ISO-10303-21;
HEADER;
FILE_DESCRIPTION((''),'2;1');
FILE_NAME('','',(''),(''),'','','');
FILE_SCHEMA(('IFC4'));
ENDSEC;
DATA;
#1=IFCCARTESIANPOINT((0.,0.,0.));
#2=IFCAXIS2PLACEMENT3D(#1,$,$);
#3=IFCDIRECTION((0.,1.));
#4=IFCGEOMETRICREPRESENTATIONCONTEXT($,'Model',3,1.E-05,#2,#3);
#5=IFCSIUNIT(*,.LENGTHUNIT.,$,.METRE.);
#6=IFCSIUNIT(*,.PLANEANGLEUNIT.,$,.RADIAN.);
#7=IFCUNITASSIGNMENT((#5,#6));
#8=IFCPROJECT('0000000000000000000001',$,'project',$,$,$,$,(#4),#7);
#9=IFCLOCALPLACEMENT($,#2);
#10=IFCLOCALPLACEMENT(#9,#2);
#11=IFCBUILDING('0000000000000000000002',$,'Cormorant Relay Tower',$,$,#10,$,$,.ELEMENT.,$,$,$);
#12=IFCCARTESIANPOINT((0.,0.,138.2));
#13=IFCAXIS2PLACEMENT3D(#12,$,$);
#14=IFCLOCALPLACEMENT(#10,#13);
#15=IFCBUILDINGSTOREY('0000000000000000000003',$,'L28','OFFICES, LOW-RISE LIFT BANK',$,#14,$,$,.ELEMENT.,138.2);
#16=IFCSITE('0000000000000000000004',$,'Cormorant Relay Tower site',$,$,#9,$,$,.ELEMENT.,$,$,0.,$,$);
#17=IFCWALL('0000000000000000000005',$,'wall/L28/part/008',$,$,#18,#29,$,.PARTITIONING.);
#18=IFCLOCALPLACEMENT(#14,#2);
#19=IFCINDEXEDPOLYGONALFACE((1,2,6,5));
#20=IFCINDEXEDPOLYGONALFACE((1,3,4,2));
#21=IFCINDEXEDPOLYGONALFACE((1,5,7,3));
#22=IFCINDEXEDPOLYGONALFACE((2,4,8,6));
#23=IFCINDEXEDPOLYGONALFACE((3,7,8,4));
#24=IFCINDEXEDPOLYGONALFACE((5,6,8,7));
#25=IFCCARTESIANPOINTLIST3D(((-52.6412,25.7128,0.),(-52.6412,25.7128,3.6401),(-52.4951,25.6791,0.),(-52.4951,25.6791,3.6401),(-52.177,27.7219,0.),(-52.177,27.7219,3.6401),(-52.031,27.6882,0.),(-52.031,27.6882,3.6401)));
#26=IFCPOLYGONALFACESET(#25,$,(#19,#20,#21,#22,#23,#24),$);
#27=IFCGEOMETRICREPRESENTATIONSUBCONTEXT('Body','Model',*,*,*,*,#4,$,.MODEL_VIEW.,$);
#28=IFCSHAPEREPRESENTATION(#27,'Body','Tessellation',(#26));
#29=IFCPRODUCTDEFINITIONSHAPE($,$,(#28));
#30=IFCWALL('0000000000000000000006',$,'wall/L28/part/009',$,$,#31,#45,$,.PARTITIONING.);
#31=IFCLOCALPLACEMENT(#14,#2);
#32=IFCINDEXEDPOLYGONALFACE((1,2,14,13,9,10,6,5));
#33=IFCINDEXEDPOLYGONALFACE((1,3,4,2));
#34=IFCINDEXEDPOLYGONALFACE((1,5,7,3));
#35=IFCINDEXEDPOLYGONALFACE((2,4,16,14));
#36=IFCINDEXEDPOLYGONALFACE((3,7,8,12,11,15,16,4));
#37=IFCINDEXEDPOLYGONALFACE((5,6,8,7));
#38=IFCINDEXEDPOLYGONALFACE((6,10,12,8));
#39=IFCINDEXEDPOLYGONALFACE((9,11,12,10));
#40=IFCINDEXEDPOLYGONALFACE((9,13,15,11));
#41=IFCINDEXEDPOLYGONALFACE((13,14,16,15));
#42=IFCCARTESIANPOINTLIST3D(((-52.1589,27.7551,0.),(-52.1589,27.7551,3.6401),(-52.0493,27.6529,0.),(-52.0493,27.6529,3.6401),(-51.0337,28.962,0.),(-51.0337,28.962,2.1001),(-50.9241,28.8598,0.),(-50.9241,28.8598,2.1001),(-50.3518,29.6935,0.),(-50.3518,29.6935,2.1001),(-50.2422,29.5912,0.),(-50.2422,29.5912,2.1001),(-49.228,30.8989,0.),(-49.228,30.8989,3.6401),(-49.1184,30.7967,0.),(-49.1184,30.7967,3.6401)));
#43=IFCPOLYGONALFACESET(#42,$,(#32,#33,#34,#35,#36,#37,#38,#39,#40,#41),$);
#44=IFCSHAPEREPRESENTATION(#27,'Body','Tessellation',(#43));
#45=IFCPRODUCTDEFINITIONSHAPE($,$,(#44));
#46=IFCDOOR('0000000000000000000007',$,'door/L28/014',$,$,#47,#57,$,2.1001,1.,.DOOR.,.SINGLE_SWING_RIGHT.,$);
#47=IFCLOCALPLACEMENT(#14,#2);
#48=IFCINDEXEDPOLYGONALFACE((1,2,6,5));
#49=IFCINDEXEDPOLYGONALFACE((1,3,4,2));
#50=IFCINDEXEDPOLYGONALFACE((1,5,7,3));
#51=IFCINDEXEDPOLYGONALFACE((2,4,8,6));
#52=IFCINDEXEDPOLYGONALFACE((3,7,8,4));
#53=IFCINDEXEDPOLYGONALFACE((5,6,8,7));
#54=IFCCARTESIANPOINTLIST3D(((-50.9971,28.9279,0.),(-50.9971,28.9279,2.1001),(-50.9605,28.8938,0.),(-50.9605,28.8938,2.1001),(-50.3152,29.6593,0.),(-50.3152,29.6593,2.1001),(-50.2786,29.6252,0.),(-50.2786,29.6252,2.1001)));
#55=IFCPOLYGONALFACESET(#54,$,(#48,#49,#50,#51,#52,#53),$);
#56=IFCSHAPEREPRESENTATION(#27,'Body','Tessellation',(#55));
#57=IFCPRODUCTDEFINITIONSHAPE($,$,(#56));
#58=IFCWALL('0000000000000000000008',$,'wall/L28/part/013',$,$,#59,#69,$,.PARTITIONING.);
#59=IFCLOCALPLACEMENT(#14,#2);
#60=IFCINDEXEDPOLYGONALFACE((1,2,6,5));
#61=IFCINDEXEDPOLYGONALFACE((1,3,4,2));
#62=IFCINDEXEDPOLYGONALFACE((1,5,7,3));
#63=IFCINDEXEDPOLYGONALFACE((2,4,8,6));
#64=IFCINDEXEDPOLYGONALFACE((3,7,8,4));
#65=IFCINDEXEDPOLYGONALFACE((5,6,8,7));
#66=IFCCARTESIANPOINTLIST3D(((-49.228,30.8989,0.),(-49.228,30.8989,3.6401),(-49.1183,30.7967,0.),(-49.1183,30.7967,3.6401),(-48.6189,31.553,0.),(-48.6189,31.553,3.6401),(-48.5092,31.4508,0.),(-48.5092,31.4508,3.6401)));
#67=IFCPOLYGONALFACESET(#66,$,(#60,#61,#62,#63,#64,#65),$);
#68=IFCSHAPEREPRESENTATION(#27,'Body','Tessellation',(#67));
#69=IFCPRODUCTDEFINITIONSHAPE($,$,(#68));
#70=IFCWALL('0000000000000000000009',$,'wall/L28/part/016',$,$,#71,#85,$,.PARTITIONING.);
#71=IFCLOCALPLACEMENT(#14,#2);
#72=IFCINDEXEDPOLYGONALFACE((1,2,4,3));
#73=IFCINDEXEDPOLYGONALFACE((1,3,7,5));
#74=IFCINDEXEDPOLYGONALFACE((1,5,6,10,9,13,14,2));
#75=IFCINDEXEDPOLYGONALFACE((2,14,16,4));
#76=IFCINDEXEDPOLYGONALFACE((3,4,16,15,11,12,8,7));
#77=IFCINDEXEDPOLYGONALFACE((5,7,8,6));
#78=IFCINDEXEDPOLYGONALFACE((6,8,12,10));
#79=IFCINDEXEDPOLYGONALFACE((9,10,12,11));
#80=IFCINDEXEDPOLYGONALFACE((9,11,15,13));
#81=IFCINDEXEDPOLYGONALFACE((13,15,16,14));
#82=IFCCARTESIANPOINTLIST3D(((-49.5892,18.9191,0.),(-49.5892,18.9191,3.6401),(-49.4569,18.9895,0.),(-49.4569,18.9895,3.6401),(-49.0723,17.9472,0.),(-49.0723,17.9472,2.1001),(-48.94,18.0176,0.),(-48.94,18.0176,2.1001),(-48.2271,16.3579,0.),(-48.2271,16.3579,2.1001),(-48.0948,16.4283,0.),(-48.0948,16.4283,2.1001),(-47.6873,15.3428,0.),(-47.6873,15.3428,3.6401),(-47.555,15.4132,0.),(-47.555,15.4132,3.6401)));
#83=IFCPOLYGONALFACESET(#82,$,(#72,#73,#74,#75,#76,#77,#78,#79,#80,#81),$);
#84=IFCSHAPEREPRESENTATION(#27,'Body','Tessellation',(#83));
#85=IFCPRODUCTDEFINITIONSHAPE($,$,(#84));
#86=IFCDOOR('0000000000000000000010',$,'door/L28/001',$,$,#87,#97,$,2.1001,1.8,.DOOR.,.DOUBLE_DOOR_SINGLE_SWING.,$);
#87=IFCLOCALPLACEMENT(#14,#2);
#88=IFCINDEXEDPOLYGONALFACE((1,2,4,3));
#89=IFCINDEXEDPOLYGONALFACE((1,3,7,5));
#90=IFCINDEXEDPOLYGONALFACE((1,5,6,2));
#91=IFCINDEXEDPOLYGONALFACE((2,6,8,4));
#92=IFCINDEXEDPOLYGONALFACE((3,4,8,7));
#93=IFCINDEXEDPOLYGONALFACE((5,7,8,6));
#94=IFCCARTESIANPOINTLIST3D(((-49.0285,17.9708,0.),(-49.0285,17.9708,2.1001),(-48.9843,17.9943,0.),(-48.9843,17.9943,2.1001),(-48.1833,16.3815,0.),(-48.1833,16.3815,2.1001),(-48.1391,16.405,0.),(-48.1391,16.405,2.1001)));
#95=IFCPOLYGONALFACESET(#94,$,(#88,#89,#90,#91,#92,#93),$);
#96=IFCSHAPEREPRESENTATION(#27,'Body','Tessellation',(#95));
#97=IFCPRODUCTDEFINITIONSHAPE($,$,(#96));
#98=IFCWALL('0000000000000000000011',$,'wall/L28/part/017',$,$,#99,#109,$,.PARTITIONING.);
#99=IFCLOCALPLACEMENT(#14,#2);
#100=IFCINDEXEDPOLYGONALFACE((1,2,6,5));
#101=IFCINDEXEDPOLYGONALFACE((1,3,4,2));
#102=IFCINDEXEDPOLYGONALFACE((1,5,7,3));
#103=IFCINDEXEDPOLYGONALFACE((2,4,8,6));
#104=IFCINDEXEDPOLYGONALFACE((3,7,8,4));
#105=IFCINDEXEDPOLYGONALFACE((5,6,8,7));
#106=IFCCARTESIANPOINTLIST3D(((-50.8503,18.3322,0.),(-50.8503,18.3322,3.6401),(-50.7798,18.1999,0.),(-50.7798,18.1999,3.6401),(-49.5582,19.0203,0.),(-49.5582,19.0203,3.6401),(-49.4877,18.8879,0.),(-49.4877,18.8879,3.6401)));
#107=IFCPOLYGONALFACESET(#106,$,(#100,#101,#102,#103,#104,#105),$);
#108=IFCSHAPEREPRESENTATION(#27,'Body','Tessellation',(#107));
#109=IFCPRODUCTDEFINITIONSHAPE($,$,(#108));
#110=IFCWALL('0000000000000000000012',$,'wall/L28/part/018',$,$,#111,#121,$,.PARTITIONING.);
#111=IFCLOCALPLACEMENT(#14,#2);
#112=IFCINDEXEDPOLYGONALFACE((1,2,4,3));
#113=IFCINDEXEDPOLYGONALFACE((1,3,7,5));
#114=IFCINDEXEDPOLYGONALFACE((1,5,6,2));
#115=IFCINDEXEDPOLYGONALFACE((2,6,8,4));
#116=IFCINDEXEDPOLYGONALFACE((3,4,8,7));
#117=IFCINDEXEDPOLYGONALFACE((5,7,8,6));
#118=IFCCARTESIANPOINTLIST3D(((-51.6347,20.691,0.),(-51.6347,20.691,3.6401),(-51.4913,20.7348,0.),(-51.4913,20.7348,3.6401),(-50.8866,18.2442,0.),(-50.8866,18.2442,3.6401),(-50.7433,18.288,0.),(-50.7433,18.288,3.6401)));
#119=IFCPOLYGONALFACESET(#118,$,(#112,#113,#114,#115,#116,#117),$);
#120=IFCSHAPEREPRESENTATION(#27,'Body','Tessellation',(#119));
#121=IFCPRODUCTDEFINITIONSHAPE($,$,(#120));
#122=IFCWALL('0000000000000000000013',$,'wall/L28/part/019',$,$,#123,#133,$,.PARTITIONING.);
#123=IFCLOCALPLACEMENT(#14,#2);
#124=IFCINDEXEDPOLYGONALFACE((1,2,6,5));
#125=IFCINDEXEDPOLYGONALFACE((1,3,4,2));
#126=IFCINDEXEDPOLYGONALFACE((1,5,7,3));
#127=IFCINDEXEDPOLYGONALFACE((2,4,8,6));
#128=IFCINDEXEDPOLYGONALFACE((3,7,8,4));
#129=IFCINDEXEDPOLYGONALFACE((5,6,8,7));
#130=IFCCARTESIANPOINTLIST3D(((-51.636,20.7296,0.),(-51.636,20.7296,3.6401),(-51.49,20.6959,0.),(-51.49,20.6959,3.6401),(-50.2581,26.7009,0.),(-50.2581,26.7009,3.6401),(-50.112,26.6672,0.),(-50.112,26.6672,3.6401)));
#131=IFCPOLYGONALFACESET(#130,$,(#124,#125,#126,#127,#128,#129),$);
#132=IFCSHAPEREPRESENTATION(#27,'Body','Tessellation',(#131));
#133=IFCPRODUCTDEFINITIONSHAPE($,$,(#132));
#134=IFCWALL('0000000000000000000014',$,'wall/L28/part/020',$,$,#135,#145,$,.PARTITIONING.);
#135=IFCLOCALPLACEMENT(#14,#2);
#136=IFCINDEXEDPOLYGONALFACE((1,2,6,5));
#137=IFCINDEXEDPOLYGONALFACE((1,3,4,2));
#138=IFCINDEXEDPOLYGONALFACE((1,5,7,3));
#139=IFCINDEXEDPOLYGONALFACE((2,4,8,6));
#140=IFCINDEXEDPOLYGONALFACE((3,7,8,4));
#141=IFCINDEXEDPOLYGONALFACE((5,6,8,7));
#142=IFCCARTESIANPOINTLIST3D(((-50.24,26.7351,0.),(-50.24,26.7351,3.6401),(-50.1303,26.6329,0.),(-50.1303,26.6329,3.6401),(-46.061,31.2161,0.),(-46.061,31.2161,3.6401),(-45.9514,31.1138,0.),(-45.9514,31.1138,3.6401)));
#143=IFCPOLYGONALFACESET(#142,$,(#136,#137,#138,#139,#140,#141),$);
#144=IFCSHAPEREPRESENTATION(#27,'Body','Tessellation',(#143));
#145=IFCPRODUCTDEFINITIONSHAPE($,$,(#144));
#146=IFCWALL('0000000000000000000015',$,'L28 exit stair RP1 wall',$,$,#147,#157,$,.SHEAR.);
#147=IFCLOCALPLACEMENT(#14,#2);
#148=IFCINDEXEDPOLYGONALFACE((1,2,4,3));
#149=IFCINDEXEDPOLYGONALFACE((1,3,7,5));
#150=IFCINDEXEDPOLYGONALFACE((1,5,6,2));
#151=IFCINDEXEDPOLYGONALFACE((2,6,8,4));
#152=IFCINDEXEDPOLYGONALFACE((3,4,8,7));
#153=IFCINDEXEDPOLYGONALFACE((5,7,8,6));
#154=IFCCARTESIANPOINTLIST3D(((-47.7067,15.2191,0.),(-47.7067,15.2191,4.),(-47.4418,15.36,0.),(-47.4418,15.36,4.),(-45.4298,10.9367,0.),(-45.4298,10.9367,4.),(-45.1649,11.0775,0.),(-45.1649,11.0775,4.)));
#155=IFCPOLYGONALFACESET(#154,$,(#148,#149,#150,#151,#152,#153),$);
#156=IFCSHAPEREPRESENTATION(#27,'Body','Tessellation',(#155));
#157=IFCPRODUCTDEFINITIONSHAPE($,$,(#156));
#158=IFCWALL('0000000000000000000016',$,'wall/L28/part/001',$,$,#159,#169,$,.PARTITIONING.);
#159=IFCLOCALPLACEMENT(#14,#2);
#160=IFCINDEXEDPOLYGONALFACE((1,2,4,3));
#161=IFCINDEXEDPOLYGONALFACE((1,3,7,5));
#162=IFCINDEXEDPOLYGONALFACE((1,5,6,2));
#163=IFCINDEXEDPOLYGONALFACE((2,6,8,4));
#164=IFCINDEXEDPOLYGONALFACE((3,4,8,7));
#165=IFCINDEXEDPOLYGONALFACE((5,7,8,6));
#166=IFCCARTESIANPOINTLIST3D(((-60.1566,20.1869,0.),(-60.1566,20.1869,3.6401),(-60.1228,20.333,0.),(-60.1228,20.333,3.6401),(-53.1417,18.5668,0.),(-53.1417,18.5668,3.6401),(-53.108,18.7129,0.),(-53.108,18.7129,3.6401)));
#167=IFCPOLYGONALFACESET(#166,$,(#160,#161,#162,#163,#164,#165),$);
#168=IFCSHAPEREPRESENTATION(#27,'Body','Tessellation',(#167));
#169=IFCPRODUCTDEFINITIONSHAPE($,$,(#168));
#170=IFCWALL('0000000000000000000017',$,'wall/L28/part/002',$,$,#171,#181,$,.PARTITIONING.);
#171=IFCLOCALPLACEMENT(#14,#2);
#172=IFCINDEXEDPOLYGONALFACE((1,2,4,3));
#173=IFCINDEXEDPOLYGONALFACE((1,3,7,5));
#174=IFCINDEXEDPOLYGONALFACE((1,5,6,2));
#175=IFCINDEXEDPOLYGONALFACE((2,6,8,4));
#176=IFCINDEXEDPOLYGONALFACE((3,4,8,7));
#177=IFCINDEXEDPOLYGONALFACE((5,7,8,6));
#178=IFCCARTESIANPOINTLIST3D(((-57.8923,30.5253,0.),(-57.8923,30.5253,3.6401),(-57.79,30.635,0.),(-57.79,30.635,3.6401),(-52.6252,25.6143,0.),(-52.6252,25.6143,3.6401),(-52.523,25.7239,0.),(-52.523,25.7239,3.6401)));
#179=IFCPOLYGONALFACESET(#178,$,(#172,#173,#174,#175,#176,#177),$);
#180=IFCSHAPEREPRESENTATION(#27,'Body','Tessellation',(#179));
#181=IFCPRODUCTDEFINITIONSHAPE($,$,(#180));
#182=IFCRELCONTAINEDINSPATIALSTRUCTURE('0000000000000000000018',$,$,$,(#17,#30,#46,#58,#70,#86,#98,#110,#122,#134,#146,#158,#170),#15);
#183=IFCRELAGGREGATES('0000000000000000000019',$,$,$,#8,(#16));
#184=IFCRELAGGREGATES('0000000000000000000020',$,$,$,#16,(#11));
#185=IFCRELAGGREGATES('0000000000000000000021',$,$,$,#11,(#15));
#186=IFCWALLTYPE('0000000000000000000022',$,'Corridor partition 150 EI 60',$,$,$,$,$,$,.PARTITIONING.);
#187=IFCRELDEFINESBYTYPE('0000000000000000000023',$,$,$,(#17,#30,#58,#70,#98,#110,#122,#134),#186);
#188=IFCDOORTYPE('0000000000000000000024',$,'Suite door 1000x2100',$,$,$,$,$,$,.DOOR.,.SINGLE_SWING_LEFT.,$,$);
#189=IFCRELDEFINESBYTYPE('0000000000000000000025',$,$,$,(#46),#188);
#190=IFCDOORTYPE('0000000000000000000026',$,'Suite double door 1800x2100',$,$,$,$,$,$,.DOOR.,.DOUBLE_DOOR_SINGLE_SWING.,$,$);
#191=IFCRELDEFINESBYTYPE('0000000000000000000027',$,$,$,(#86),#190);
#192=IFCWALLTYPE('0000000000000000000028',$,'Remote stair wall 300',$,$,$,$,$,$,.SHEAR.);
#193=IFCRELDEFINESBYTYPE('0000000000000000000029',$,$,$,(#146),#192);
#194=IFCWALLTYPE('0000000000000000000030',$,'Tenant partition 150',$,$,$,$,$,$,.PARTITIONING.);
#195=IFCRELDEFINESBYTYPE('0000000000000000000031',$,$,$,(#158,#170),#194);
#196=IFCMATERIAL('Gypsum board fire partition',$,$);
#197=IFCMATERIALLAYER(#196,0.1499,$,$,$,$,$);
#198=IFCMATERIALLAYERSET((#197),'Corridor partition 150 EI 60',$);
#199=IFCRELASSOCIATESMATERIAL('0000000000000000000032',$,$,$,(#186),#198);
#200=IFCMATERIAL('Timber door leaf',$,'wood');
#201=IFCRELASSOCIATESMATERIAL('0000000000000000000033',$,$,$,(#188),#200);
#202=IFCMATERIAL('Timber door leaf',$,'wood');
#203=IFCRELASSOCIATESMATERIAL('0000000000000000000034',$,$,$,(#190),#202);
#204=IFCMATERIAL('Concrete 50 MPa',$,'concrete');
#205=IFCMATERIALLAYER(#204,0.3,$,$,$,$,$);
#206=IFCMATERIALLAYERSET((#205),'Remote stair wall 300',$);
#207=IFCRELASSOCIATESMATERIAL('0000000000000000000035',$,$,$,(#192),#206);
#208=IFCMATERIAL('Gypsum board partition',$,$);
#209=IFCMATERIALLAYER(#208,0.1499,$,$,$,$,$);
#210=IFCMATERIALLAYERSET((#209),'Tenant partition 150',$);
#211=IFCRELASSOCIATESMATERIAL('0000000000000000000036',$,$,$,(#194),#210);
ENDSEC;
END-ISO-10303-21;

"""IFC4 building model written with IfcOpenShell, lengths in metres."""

from ifc_helpers import new_model, si_unit, direction, frame, frame_2d, origin, place, context, subcontext, project, spatial, rectangle, extrude, material, layer, layer_set, type_object, element, fill, save


model = new_model("IFC4")

# Units and contexts
model_context = context("Model", 3, precision=1e-05, world=origin(), true_north=direction((0.0, 1.0)))
body_context = subcontext(model_context, "Body", "Model", "MODEL_VIEW")
ifc_project = project(units=[si_unit("LENGTHUNIT", "METRE"), si_unit("PLANEANGLEUNIT", "RADIAN")], contexts=[model_context])

# Site, building, storey
site_placement = place(None, origin())
site = spatial("IfcSite", under=ifc_project, at=site_placement, Name="Cormorant Relay Tower site", CompositionType="ELEMENT", RefElevation=0.0)
building_placement = place(site_placement, origin())
building = spatial("IfcBuilding", under=site, at=building_placement, Name="Cormorant Relay Tower", CompositionType="ELEMENT")
storey_placement = place(building_placement, frame((0.0, 0.0, 138.2)))
storey = spatial("IfcBuildingStorey", under=building, at=storey_placement, Name="L28", Description="OFFICES, LOW-RISE LIFT BANK", CompositionType="ELEMENT", Elevation=138.2)

# Shared definitions
ifc_material_1 = material(Name="Gypsum board fire partition")
ifc_layer_1 = layer(ifc_material_1, 0.1499)
ifc_layer_set_1 = layer_set([ifc_layer_1], Name="Corridor partition 150 EI 60")
wall_type_1 = type_object("IfcWallType", Name="Corridor partition 150 EI 60", PredefinedType="PARTITIONING", material=ifc_layer_set_1)
ifc_material_2 = material(Name="Timber door leaf", Category="wood")
door_type_1 = type_object("IfcDoorType", Name="Suite door 1000x2100", OperationType="SINGLE_SWING_LEFT", PredefinedType="DOOR", material=ifc_material_2)

# Wall
wall_1_placement = place(storey_placement, frame((-52.104, 27.7051, 0.0), z_axis=(0.0, 0.0, 1.0), x_axis=(-0.225084, -0.974339, 0.0)))
element("IfcWall", 1, at=wall_1_placement, inside=storey, type_object=wall_type_1, Name="wall/L28/part/008", PredefinedType="PARTITIONING", context=body_context, shape_type="SweptSolid", body=[
    extrude(rectangle(XDim=2.062, YDim=0.1499, at=frame_2d((1.031, 0.0))), origin(), (0.0, 0.0, 1.0), 3.6401),
])

# Wall, opening, door
wall_2_placement = place(storey_placement, frame((-52.104, 27.7041, 0.0), z_axis=(0.0, 0.0, 1.0), x_axis=(0.681907, 0.731439, 0.0)))
wall_2 = element("IfcWall", 2, at=wall_2_placement, inside=storey, type_object=wall_type_1, Name="wall/L28/part/009", PredefinedType="PARTITIONING", context=body_context, shape_type="SweptSolid", body=[
    extrude(rectangle(XDim=4.2981, YDim=0.1499, at=frame_2d((2.1489, 0.0))), origin(), (0.0, 0.0, 1.0), 3.6401),
])
opening_1_placement = place(wall_2_placement, frame((1.6499, 0.0, 0.0)))
opening_1 = element("IfcOpeningElement", 3, at=opening_1_placement, cuts=wall_2, PredefinedType="OPENING", context=body_context, shape_type="SweptSolid", body=[
    extrude(rectangle(XDim=1.0, YDim=2.1001, at=frame_2d((0.5, 1.05))), frame((0.0, 0.085, 0.0), z_axis=(0.0, -1.0, 0.0), x_axis=(1.0, 0.0, 0.0)), (0.0, 0.0, 1.0), 0.1699),
])
door_1_placement = place(opening_1_placement, origin())
door_1 = element("IfcDoor", 4, at=door_1_placement, inside=storey, type_object=door_type_1, Name="door/L28/014", OperationType="SINGLE_SWING_RIGHT", OverallHeight=2.1001, OverallWidth=1.0, PredefinedType="DOOR", context=body_context, shape_type="SweptSolid", body=[
    extrude(rectangle(XDim=1.0, YDim=2.1001, at=frame_2d((0.5, 1.05))), frame((0.0, 0.0249, 0.0), z_axis=(0.0, -1.0, 0.0), x_axis=(1.0, 0.0, 0.0)), (0.0, 0.0, 1.0), 0.05),
])
fill(opening_1, door_1)

# Wall
wall_3_placement = place(storey_placement, frame((-49.1731, 30.8479, 0.0), z_axis=(0.0, 0.0, 1.0), x_axis=(0.68153, 0.731791, 0.0)))
element("IfcWall", 5, at=wall_3_placement, inside=storey, type_object=wall_type_1, Name="wall/L28/part/013", PredefinedType="PARTITIONING", context=body_context, shape_type="SweptSolid", body=[
    extrude(rectangle(XDim=0.8938, YDim=0.1499, at=frame_2d((0.4468, 0.0))), origin(), (0.0, 0.0, 1.0), 3.6401),
])

# Wall, opening, door
wall_4_placement = place(storey_placement, frame((-47.6211, 15.3779, 0.0), z_axis=(0.0, 0.0, 1.0), x_axis=(-0.469543, 0.88291, 0.0)))
wall_4 = element("IfcWall", 6, at=wall_4_placement, inside=storey, type_object=wall_type_1, Name="wall/L28/part/016", PredefinedType="PARTITIONING", context=body_context, shape_type="SweptSolid", body=[
    extrude(rectangle(XDim=4.0505, YDim=0.1499, at=frame_2d((2.0254, 0.0))), origin(), (0.0, 0.0, 1.0), 3.6401),
])
opening_2_placement = place(wall_4_placement, frame((1.1499, 0.0, 0.0)))
opening_2 = element("IfcOpeningElement", 7, at=opening_2_placement, cuts=wall_4, PredefinedType="OPENING", context=body_context, shape_type="SweptSolid", body=[
    extrude(rectangle(XDim=1.8, YDim=2.1001, at=frame_2d((0.8999, 1.05))), frame((0.0, 0.085, 0.0), z_axis=(0.0, -1.0, 0.0), x_axis=(1.0, 0.0, 0.0)), (0.0, 0.0, 1.0), 0.1699),
])
ifc_material_3 = material(Name="Timber door leaf", Category="wood")
door_type_2 = type_object("IfcDoorType", Name="Suite double door 1800x2100", OperationType="DOUBLE_DOOR_SINGLE_SWING", PredefinedType="DOOR", material=ifc_material_3)
door_2_placement = place(opening_2_placement, frame((1.8, 0.0, 0.0), z_axis=(0.0, 0.0, 1.0), x_axis=(-1.0, 0.0, 0.0)))
door_2 = element("IfcDoor", 8, at=door_2_placement, inside=storey, type_object=door_type_2, Name="door/L28/001", OperationType="DOUBLE_DOOR_SINGLE_SWING", OverallHeight=2.1001, OverallWidth=1.8, PredefinedType="DOOR", context=body_context, shape_type="SweptSolid", body=[
    extrude(rectangle(XDim=1.8, YDim=2.1001, at=frame_2d((0.8999, 1.05))), frame((0.0, 0.0249, 0.0), z_axis=(0.0, -1.0, 0.0), x_axis=(1.0, 0.0, 0.0)), (0.0, 0.0, 1.0), 0.05),
])
fill(opening_2, door_2)

# Walls
wall_5_placement = place(storey_placement, frame((-49.5229, 18.9541, 0.0), z_axis=(0.0, 0.0, 1.0), x_axis=(-0.882657, -0.470017, 0.0)))
element("IfcWall", 9, at=wall_5_placement, inside=storey, type_object=wall_type_1, Name="wall/L28/part/017", PredefinedType="PARTITIONING", context=body_context, shape_type="SweptSolid", body=[
    extrude(rectangle(XDim=1.4639, YDim=0.1499, at=frame_2d((0.7319, 0.0))), origin(), (0.0, 0.0, 1.0), 3.6401),
])
wall_6_placement = place(storey_placement, frame((-50.8149, 18.2661, 0.0), z_axis=(0.0, 0.0, 1.0), x_axis=(-0.292369, 0.956306, 0.0)))
element("IfcWall", 10, at=wall_6_placement, inside=storey, type_object=wall_type_1, Name="wall/L28/part/018", PredefinedType="PARTITIONING", context=body_context, shape_type="SweptSolid", body=[
    extrude(rectangle(XDim=2.5586, YDim=0.1499, at=frame_2d((1.2793, 0.0))), origin(), (0.0, 0.0, 1.0), 3.6401),
])
wall_7_placement = place(storey_placement, frame((-51.563, 20.7129, 0.0), z_axis=(0.0, 0.0, 1.0), x_axis=(0.224854, 0.974393, 0.0)))
element("IfcWall", 11, at=wall_7_placement, inside=storey, type_object=wall_type_1, Name="wall/L28/part/019", PredefinedType="PARTITIONING", context=body_context, shape_type="SweptSolid", body=[
    extrude(rectangle(XDim=6.1282, YDim=0.1499, at=frame_2d((3.064, 0.0))), origin(), (0.0, 0.0, 1.0), 3.6401),
])
wall_8_placement = place(storey_placement, frame((-50.1851, 26.6841, 0.0), z_axis=(0.0, 0.0, 1.0), x_axis=(0.682033, 0.731322, 0.0)))
element("IfcWall", 12, at=wall_8_placement, inside=storey, type_object=wall_type_1, Name="wall/L28/part/020", PredefinedType="PARTITIONING", context=body_context, shape_type="SweptSolid", body=[
    extrude(rectangle(XDim=6.1272, YDim=0.1499, at=frame_2d((3.0635, 0.0))), origin(), (0.0, 0.0, 1.0), 3.6401),
])
ifc_material_4 = material(Name="Concrete 50 MPa", Category="concrete")
ifc_layer_2 = layer(ifc_material_4, 0.3)
ifc_layer_set_2 = layer_set([ifc_layer_2], Name="Remote stair wall 300")
wall_type_2 = type_object("IfcWallType", Name="Remote stair wall 300", PredefinedType="SHEAR", material=ifc_layer_set_2)
wall_9_placement = place(storey_placement, frame((-47.5742, 15.2896, 0.0), z_axis=(0.0, 0.0, 1.0), x_axis=(0.469443, -0.882963, 0.0)))
element("IfcWall", 13, at=wall_9_placement, inside=storey, type_object=wall_type_2, Name="L28 exit stair RP1 wall", PredefinedType="SHEAR", context=body_context, shape_type="SweptSolid", body=[
    extrude(rectangle(XDim=4.8501, YDim=0.3, at=frame_2d((2.425, 0.0))), origin(), (0.0, 0.0, 1.0), 4.0),
])
ifc_material_5 = material(Name="Gypsum board partition")
ifc_layer_3 = layer(ifc_material_5, 0.1499)
ifc_layer_set_3 = layer_set([ifc_layer_3], Name="Tenant partition 150")
wall_type_3 = type_object("IfcWallType", Name="Tenant partition 150", PredefinedType="PARTITIONING", material=ifc_layer_set_3)
wall_10_placement = place(storey_placement, frame((-53.125, 18.6399, 0.0), z_axis=(0.0, 0.0, 1.0), x_axis=(-0.974352, 0.22503, 0.0)))
element("IfcWall", 14, at=wall_10_placement, inside=storey, type_object=wall_type_3, Name="wall/L28/part/001", PredefinedType="PARTITIONING", context=body_context, shape_type="SweptSolid", body=[
    extrude(rectangle(XDim=7.1995, YDim=0.1499, at=frame_2d((3.5996, 0.0))), origin(), (0.0, 0.0, 1.0), 3.6401),
])
wall_11_placement = place(storey_placement, frame((-57.8411, 30.5801, 0.0), z_axis=(0.0, 0.0, 1.0), x_axis=(0.731389, -0.681961, 0.0)))
element("IfcWall", 15, at=wall_11_placement, inside=storey, type_object=wall_type_3, Name="wall/L28/part/002", PredefinedType="PARTITIONING", context=body_context, shape_type="SweptSolid", body=[
    extrude(rectangle(XDim=7.2014, YDim=0.1499, at=frame_2d((3.6006, 0.0))), origin(), (0.0, 0.0, 1.0), 3.6401),
])

save(model, "model.ifc")
